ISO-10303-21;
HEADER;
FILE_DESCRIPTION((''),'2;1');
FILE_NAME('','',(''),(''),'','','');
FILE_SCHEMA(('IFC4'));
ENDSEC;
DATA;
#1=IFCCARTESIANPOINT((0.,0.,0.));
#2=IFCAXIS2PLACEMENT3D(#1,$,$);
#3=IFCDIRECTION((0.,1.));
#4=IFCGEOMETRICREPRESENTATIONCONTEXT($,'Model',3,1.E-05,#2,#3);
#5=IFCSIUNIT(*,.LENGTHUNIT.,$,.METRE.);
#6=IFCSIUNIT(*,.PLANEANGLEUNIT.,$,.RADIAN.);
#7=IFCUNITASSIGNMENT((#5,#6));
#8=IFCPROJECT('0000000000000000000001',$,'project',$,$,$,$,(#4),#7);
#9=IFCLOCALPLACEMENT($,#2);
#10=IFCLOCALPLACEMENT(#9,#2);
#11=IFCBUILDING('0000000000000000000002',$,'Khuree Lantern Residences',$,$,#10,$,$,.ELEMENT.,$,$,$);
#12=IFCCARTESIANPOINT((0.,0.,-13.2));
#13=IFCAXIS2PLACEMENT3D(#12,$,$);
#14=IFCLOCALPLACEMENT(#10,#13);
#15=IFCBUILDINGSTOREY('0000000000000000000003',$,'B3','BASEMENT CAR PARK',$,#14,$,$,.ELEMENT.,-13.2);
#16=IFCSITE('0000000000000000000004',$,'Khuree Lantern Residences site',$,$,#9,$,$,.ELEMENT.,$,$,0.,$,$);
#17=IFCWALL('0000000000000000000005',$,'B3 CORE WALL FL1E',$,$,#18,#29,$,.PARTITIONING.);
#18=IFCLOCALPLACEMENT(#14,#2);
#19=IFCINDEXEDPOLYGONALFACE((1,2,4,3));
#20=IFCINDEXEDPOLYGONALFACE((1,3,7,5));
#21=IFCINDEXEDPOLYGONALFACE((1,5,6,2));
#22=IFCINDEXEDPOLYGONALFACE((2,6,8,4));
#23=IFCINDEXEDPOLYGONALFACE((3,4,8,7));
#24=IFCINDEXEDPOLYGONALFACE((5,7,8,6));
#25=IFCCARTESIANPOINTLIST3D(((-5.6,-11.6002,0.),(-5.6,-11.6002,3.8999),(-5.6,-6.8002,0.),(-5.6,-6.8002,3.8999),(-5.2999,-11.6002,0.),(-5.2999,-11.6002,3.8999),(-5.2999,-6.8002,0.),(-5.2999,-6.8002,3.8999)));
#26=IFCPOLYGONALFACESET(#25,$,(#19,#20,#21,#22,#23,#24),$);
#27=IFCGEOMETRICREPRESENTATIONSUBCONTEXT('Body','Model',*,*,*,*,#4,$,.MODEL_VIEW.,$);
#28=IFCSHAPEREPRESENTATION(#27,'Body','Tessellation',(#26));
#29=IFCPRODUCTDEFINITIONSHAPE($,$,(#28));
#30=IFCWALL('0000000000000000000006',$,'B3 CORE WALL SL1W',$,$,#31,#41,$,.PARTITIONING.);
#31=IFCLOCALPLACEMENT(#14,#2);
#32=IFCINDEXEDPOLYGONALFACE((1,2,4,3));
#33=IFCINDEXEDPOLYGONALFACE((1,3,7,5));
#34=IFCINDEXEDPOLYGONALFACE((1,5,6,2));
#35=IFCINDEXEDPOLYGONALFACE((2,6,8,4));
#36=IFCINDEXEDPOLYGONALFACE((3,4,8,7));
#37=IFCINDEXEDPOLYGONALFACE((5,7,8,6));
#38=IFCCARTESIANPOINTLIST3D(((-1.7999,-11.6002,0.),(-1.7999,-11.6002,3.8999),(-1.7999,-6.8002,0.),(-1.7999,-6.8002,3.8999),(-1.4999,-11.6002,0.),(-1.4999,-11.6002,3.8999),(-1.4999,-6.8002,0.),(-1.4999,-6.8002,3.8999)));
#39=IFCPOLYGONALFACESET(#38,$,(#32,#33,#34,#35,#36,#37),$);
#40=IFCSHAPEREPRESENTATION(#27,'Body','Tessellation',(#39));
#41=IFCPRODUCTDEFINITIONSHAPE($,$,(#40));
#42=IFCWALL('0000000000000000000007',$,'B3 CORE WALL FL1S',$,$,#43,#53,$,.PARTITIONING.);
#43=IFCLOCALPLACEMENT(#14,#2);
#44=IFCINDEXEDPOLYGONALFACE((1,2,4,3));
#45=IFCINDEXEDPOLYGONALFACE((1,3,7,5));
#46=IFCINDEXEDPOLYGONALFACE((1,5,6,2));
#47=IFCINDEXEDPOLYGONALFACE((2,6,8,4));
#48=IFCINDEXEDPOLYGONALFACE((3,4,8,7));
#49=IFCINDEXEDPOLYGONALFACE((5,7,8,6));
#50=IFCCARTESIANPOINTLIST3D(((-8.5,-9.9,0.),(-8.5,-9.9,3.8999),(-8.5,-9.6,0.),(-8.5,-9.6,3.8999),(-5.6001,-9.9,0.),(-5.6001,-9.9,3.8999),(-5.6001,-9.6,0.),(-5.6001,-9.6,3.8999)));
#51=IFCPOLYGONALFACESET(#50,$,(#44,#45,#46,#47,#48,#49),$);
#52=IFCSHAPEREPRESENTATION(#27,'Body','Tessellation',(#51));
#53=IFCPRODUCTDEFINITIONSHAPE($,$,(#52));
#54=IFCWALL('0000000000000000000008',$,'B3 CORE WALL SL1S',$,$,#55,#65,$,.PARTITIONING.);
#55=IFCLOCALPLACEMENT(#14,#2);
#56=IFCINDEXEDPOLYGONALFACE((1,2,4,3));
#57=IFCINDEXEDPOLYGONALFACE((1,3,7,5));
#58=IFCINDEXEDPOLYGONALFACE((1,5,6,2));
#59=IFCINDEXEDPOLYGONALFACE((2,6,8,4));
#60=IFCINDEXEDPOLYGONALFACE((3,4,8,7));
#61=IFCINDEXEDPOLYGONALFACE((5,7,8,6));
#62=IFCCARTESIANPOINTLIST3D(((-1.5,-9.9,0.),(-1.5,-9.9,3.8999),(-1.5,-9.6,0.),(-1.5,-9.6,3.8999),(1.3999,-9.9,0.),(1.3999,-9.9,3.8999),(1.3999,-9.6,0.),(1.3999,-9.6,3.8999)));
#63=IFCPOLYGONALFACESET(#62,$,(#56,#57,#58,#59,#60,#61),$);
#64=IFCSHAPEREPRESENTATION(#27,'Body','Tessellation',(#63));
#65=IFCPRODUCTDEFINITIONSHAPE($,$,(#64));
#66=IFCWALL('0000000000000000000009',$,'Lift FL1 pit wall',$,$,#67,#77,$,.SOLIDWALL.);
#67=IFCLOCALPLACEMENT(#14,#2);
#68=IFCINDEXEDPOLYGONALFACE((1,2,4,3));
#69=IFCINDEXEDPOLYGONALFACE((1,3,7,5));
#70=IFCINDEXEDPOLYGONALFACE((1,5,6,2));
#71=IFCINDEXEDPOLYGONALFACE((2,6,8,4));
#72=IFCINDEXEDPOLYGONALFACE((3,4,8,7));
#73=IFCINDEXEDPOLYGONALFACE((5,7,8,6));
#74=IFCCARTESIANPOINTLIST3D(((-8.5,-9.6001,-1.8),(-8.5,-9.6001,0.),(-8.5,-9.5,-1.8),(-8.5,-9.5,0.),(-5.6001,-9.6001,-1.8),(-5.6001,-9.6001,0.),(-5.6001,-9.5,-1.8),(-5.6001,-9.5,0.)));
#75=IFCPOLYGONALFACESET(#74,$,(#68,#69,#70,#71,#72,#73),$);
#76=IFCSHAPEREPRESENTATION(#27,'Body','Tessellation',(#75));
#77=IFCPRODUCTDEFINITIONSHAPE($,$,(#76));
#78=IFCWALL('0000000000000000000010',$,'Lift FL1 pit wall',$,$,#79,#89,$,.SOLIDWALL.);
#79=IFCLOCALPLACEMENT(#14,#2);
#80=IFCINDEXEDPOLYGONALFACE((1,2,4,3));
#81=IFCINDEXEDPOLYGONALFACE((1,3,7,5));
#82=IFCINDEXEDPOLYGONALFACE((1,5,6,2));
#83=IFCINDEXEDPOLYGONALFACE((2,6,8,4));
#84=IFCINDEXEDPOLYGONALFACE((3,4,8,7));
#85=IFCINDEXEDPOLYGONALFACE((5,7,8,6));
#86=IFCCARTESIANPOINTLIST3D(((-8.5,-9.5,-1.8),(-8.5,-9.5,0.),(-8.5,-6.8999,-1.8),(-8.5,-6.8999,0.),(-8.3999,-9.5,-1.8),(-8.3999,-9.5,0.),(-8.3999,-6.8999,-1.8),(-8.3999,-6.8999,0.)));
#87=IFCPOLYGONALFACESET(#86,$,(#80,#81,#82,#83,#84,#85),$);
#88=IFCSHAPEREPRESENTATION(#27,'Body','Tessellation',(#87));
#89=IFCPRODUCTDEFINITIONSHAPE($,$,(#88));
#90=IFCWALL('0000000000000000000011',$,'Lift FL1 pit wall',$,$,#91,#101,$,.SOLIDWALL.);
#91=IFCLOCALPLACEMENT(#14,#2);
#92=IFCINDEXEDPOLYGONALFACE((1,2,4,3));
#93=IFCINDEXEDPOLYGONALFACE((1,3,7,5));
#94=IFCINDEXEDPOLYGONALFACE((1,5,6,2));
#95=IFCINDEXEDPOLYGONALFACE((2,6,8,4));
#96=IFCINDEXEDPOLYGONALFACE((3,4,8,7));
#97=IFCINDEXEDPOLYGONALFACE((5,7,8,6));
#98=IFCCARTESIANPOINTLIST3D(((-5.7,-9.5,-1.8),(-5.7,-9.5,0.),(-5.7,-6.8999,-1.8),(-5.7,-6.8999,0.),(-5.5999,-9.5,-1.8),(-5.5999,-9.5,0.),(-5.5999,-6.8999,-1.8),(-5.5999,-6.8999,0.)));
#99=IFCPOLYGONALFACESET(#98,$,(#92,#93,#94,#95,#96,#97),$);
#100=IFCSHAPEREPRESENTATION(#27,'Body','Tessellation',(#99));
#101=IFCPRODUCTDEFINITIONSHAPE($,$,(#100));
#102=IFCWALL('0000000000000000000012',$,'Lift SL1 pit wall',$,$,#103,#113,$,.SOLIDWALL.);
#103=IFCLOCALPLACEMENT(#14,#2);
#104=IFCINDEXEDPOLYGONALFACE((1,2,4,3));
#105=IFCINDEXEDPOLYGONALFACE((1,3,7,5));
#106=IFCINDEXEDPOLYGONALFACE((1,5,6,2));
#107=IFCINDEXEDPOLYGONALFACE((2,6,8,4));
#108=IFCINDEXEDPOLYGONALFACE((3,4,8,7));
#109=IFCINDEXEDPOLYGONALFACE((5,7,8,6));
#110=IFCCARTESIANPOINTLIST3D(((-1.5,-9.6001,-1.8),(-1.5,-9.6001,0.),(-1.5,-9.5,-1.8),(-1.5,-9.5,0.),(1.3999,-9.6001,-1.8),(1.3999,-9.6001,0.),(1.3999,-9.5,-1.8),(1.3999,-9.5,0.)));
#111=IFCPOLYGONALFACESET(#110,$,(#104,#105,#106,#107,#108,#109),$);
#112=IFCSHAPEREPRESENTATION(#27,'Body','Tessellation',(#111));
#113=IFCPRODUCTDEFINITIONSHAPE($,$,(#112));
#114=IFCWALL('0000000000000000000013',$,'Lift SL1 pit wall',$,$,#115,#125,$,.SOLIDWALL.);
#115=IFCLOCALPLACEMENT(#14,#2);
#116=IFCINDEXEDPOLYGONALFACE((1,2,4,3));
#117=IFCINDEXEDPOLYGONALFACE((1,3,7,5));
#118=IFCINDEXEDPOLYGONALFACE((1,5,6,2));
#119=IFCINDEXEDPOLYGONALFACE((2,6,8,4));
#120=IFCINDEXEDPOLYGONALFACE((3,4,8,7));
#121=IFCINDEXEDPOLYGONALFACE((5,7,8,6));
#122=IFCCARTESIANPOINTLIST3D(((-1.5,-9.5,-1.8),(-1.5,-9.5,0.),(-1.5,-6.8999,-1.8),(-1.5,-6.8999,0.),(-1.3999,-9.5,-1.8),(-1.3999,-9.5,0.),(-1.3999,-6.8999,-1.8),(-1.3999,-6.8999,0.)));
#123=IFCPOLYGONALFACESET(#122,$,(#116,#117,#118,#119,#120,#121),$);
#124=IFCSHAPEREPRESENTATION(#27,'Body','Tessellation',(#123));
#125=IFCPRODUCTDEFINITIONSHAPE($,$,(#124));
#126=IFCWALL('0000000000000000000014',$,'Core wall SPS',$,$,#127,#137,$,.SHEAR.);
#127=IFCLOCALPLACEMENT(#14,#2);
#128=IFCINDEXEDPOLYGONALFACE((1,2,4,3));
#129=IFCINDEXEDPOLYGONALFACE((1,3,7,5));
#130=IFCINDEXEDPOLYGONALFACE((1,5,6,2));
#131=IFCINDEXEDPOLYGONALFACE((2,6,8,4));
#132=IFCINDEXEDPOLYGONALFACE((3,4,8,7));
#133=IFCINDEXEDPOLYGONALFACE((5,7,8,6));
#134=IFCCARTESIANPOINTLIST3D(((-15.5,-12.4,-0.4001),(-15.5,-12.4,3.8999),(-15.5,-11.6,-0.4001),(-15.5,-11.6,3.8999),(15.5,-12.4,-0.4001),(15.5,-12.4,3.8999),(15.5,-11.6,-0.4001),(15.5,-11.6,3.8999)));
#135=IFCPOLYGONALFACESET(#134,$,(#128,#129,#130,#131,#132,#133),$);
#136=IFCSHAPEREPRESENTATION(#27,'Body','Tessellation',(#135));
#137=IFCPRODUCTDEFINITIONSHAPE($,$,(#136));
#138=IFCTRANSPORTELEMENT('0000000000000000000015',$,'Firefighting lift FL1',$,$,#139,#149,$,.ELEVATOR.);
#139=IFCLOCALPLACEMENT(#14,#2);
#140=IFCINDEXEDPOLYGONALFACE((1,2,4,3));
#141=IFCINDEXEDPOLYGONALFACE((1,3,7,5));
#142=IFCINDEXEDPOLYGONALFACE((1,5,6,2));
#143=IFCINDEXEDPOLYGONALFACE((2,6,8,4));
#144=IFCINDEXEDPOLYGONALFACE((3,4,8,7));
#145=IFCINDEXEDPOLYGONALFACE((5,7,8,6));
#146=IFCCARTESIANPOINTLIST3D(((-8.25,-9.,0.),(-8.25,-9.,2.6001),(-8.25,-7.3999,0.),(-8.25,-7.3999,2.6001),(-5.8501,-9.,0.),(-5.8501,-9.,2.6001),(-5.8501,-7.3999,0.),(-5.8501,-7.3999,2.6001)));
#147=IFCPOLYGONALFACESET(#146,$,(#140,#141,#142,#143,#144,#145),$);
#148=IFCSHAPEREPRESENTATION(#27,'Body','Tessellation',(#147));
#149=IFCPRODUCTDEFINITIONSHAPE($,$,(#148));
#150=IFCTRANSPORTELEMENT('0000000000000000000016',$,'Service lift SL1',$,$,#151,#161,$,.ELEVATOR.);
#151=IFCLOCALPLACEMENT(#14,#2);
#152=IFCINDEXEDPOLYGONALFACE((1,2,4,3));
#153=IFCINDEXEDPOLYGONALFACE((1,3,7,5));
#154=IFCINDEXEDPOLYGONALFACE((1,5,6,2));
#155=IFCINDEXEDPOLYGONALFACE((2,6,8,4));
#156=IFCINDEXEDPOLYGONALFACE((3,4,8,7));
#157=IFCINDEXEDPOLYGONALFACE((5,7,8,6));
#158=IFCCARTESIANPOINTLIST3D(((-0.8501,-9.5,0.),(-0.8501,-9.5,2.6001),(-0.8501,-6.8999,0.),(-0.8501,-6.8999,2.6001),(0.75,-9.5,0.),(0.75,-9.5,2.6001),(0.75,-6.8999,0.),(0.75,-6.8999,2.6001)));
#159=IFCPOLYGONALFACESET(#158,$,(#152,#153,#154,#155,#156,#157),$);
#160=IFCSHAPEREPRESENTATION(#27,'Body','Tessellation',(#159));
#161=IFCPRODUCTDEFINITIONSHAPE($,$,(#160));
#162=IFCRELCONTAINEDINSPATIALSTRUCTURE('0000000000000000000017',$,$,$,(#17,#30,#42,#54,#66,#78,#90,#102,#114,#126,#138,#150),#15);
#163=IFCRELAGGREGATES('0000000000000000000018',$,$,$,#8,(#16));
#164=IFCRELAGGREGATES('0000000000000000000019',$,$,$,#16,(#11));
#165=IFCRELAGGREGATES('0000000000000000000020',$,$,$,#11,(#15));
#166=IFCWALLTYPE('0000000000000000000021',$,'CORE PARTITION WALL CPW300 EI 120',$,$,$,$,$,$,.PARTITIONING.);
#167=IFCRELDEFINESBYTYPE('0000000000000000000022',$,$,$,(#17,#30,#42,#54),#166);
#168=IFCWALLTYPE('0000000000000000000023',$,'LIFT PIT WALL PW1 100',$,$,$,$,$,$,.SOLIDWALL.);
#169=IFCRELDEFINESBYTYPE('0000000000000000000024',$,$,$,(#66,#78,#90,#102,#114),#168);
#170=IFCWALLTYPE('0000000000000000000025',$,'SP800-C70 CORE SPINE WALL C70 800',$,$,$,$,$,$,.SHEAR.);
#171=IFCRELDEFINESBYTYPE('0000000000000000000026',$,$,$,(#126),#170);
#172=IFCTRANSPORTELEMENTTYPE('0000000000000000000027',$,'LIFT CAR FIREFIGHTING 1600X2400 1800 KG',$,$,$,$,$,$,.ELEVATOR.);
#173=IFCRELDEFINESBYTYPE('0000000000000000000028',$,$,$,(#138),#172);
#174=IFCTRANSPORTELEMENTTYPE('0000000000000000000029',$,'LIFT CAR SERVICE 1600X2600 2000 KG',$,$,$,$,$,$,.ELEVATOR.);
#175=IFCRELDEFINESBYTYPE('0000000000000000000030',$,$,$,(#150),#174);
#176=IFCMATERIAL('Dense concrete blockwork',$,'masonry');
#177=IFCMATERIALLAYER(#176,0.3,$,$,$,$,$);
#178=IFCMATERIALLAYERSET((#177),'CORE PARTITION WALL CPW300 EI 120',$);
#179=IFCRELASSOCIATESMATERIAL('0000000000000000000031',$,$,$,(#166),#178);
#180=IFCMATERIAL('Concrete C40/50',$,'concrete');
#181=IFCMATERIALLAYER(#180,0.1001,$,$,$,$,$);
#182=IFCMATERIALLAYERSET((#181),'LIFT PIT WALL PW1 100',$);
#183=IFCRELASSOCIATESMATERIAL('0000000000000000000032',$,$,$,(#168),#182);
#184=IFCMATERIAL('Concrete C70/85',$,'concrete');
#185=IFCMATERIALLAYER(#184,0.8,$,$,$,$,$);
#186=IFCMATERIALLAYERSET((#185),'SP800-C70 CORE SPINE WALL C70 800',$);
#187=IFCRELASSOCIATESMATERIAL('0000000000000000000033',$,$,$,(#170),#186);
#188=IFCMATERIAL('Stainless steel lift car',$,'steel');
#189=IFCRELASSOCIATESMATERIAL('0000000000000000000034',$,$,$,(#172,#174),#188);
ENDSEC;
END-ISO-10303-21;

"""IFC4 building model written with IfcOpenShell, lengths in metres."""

from ifc_helpers import new_model, si_unit, direction, frame, frame_2d, origin, origin_2d, place, context, subcontext, project, spatial, rectangle, extrude, material, layer, layer_set, type_object, element, save


model = new_model("IFC4")

# Units and contexts
model_context = context("Model", 3, precision=1e-05, world=origin(), true_north=direction((0.0, 1.0)))
body_context = subcontext(model_context, "Body", "Model", "MODEL_VIEW")
ifc_project = project(units=[si_unit("LENGTHUNIT", "METRE"), si_unit("PLANEANGLEUNIT", "RADIAN")], contexts=[model_context])

# Site, building, storey
site_placement = place(None, origin())
site = spatial("IfcSite", under=ifc_project, at=site_placement, Name="Khuree Lantern Residences site", CompositionType="ELEMENT", RefElevation=0.0)
building_placement = place(site_placement, origin())
building = spatial("IfcBuilding", under=site, at=building_placement, Name="Khuree Lantern Residences", CompositionType="ELEMENT")
storey_placement = place(building_placement, frame((0.0, 0.0, -13.2)))
storey = spatial("IfcBuildingStorey", under=building, at=storey_placement, Name="B3", Description="BASEMENT CAR PARK", CompositionType="ELEMENT", Elevation=-13.2)

# Shared definitions
ifc_material_1 = material(Name="Dense concrete blockwork", Category="masonry")
ifc_layer_1 = layer(ifc_material_1, 0.3)
ifc_layer_set_1 = layer_set([ifc_layer_1], Name="CORE PARTITION WALL CPW300 EI 120")
wall_type_1 = type_object("IfcWallType", Name="CORE PARTITION WALL CPW300 EI 120", PredefinedType="PARTITIONING", material=ifc_layer_set_1)

# Walls
for number, where, z_axis, x_axis, name in (
    (1, (-5.45, -11.6001, 0.0), (0.0, 0.0, 1.0), (0.0, 1.0, 0.0), "B3 CORE WALL FL1E"),
    (2, (-1.6499, -11.6001, 0.0), (0.0, 0.0, 1.0), (0.0, 1.0, 0.0), "B3 CORE WALL SL1W"),
):
    element("IfcWall", number, at=place(storey_placement, frame(where, z_axis=z_axis, x_axis=x_axis)), inside=storey, type_object=wall_type_1, Name=name, PredefinedType="PARTITIONING", context=body_context, shape_type="SweptSolid", body=[
        extrude(rectangle(XDim=4.8, YDim=0.3, at=frame_2d((2.3999, 0.0))), origin(), (0.0, 0.0, 1.0), 3.8999),
    ])
for number, where, z_axis, x_axis, name in (
    (3, (-8.5, -9.75, 0.0), (0.0, 0.0, 1.0), (1.0, 0.0, 0.0), "B3 CORE WALL FL1S"),
    (4, (-1.5, -9.75, 0.0), (0.0, 0.0, 1.0), (1.0, 0.0, 0.0), "B3 CORE WALL SL1S"),
):
    element("IfcWall", number, at=place(storey_placement, frame(where, z_axis=z_axis, x_axis=x_axis)), inside=storey, type_object=wall_type_1, Name=name, PredefinedType="PARTITIONING", context=body_context, shape_type="SweptSolid", body=[
        extrude(rectangle(XDim=2.8999, YDim=0.3, at=frame_2d((1.45, 0.0))), origin(), (0.0, 0.0, 1.0), 3.8999),
    ])
ifc_material_2 = material(Name="Concrete C40/50", Category="concrete")
ifc_layer_2 = layer(ifc_material_2, 0.1001)
ifc_layer_set_2 = layer_set([ifc_layer_2], Name="LIFT PIT WALL PW1 100")
wall_type_2 = type_object("IfcWallType", Name="LIFT PIT WALL PW1 100", PredefinedType="SOLIDWALL", material=ifc_layer_set_2)
wall_1_placement = place(storey_placement, frame((-8.5, -9.55, -1.8), z_axis=(0.0, 0.0, 1.0), x_axis=(1.0, 0.0, 0.0)))
element("IfcWall", 5, at=wall_1_placement, inside=storey, type_object=wall_type_2, Name="Lift FL1 pit wall", PredefinedType="SOLIDWALL", context=body_context, shape_type="SweptSolid", body=[
    extrude(rectangle(XDim=2.8999, YDim=0.1001, at=frame_2d((1.45, 0.0))), origin(), (0.0, 0.0, 1.0), 1.8),
])
for number, where, z_axis, x_axis, name in (
    (6, (-8.45, -6.8999, -1.8), (0.0, 0.0, 1.0), (0.0, -1.0, 0.0), "Lift FL1 pit wall"),
    (7, (-5.6499, -9.5, -1.8), (0.0, 0.0, 1.0), (0.0, 1.0, 0.0), "Lift FL1 pit wall"),
):
    element("IfcWall", number, at=place(storey_placement, frame(where, z_axis=z_axis, x_axis=x_axis)), inside=storey, type_object=wall_type_2, Name=name, PredefinedType="SOLIDWALL", context=body_context, shape_type="SweptSolid", body=[
        extrude(rectangle(XDim=2.6001, YDim=0.1001, at=frame_2d((1.3, 0.0))), origin(), (0.0, 0.0, 1.0), 1.8),
    ])
wall_2_placement = place(storey_placement, frame((-1.5, -9.55, -1.8), z_axis=(0.0, 0.0, 1.0), x_axis=(1.0, 0.0, 0.0)))
element("IfcWall", 8, at=wall_2_placement, inside=storey, type_object=wall_type_2, Name="Lift SL1 pit wall", PredefinedType="SOLIDWALL", context=body_context, shape_type="SweptSolid", body=[
    extrude(rectangle(XDim=2.8999, YDim=0.1001, at=frame_2d((1.45, 0.0))), origin(), (0.0, 0.0, 1.0), 1.8),
])
wall_3_placement = place(storey_placement, frame((-1.45, -6.8999, -1.8), z_axis=(0.0, 0.0, 1.0), x_axis=(0.0, -1.0, 0.0)))
element("IfcWall", 9, at=wall_3_placement, inside=storey, type_object=wall_type_2, Name="Lift SL1 pit wall", PredefinedType="SOLIDWALL", context=body_context, shape_type="SweptSolid", body=[
    extrude(rectangle(XDim=2.6001, YDim=0.1001, at=frame_2d((1.3, 0.0))), origin(), (0.0, 0.0, 1.0), 1.8),
])
ifc_material_3 = material(Name="Concrete C70/85", Category="concrete")
ifc_layer_3 = layer(ifc_material_3, 0.8)
ifc_layer_set_3 = layer_set([ifc_layer_3], Name="SP800-C70 CORE SPINE WALL C70 800")
wall_type_3 = type_object("IfcWallType", Name="SP800-C70 CORE SPINE WALL C70 800", PredefinedType="SHEAR", material=ifc_layer_set_3)
wall_4_placement = place(storey_placement, frame((-15.5, -12.0, -0.4001), z_axis=(0.0, 0.0, 1.0), x_axis=(1.0, 0.0, 0.0)))
element("IfcWall", 10, at=wall_4_placement, inside=storey, type_object=wall_type_3, Name="Core wall SPS", PredefinedType="SHEAR", context=body_context, shape_type="SweptSolid", body=[
    extrude(rectangle(XDim=31.0, YDim=0.8, at=frame_2d((15.5, 0.0))), origin(), (0.0, 0.0, 1.0), 4.3),
])

# Transport elements
ifc_material_4 = material(Name="Stainless steel lift car", Category="steel")
transport_element_type_1 = type_object("IfcTransportElementType", Name="LIFT CAR FIREFIGHTING 1600X2400 1800 KG", PredefinedType="ELEVATOR", material=ifc_material_4)
transport_element_1_placement = place(storey_placement, frame((-7.05, -8.2, 0.0), z_axis=(0.0, 0.0, 1.0), x_axis=(1.0, 0.0, 0.0)))
element("IfcTransportElement", 11, at=transport_element_1_placement, inside=storey, type_object=transport_element_type_1, Name="Firefighting lift FL1", PredefinedType="ELEVATOR", context=body_context, shape_type="SweptSolid", body=[
    extrude(rectangle(XDim=2.3999, YDim=1.6001, at=origin_2d()), origin(), (0.0, 0.0, 1.0), 2.6001),
])
transport_element_type_2 = type_object("IfcTransportElementType", Name="LIFT CAR SERVICE 1600X2600 2000 KG", PredefinedType="ELEVATOR", material=ifc_material_4)
transport_element_2_placement = place(storey_placement, frame((-0.05, -8.2, 0.0), z_axis=(0.0, 0.0, 1.0), x_axis=(1.0, 0.0, 0.0)))
element("IfcTransportElement", 12, at=transport_element_2_placement, inside=storey, type_object=transport_element_type_2, Name="Service lift SL1", PredefinedType="ELEVATOR", context=body_context, shape_type="SweptSolid", body=[
    extrude(rectangle(XDim=1.6001, YDim=2.6001, at=origin_2d()), origin(), (0.0, 0.0, 1.0), 2.6001),
])

save(model, "model.ifc")
